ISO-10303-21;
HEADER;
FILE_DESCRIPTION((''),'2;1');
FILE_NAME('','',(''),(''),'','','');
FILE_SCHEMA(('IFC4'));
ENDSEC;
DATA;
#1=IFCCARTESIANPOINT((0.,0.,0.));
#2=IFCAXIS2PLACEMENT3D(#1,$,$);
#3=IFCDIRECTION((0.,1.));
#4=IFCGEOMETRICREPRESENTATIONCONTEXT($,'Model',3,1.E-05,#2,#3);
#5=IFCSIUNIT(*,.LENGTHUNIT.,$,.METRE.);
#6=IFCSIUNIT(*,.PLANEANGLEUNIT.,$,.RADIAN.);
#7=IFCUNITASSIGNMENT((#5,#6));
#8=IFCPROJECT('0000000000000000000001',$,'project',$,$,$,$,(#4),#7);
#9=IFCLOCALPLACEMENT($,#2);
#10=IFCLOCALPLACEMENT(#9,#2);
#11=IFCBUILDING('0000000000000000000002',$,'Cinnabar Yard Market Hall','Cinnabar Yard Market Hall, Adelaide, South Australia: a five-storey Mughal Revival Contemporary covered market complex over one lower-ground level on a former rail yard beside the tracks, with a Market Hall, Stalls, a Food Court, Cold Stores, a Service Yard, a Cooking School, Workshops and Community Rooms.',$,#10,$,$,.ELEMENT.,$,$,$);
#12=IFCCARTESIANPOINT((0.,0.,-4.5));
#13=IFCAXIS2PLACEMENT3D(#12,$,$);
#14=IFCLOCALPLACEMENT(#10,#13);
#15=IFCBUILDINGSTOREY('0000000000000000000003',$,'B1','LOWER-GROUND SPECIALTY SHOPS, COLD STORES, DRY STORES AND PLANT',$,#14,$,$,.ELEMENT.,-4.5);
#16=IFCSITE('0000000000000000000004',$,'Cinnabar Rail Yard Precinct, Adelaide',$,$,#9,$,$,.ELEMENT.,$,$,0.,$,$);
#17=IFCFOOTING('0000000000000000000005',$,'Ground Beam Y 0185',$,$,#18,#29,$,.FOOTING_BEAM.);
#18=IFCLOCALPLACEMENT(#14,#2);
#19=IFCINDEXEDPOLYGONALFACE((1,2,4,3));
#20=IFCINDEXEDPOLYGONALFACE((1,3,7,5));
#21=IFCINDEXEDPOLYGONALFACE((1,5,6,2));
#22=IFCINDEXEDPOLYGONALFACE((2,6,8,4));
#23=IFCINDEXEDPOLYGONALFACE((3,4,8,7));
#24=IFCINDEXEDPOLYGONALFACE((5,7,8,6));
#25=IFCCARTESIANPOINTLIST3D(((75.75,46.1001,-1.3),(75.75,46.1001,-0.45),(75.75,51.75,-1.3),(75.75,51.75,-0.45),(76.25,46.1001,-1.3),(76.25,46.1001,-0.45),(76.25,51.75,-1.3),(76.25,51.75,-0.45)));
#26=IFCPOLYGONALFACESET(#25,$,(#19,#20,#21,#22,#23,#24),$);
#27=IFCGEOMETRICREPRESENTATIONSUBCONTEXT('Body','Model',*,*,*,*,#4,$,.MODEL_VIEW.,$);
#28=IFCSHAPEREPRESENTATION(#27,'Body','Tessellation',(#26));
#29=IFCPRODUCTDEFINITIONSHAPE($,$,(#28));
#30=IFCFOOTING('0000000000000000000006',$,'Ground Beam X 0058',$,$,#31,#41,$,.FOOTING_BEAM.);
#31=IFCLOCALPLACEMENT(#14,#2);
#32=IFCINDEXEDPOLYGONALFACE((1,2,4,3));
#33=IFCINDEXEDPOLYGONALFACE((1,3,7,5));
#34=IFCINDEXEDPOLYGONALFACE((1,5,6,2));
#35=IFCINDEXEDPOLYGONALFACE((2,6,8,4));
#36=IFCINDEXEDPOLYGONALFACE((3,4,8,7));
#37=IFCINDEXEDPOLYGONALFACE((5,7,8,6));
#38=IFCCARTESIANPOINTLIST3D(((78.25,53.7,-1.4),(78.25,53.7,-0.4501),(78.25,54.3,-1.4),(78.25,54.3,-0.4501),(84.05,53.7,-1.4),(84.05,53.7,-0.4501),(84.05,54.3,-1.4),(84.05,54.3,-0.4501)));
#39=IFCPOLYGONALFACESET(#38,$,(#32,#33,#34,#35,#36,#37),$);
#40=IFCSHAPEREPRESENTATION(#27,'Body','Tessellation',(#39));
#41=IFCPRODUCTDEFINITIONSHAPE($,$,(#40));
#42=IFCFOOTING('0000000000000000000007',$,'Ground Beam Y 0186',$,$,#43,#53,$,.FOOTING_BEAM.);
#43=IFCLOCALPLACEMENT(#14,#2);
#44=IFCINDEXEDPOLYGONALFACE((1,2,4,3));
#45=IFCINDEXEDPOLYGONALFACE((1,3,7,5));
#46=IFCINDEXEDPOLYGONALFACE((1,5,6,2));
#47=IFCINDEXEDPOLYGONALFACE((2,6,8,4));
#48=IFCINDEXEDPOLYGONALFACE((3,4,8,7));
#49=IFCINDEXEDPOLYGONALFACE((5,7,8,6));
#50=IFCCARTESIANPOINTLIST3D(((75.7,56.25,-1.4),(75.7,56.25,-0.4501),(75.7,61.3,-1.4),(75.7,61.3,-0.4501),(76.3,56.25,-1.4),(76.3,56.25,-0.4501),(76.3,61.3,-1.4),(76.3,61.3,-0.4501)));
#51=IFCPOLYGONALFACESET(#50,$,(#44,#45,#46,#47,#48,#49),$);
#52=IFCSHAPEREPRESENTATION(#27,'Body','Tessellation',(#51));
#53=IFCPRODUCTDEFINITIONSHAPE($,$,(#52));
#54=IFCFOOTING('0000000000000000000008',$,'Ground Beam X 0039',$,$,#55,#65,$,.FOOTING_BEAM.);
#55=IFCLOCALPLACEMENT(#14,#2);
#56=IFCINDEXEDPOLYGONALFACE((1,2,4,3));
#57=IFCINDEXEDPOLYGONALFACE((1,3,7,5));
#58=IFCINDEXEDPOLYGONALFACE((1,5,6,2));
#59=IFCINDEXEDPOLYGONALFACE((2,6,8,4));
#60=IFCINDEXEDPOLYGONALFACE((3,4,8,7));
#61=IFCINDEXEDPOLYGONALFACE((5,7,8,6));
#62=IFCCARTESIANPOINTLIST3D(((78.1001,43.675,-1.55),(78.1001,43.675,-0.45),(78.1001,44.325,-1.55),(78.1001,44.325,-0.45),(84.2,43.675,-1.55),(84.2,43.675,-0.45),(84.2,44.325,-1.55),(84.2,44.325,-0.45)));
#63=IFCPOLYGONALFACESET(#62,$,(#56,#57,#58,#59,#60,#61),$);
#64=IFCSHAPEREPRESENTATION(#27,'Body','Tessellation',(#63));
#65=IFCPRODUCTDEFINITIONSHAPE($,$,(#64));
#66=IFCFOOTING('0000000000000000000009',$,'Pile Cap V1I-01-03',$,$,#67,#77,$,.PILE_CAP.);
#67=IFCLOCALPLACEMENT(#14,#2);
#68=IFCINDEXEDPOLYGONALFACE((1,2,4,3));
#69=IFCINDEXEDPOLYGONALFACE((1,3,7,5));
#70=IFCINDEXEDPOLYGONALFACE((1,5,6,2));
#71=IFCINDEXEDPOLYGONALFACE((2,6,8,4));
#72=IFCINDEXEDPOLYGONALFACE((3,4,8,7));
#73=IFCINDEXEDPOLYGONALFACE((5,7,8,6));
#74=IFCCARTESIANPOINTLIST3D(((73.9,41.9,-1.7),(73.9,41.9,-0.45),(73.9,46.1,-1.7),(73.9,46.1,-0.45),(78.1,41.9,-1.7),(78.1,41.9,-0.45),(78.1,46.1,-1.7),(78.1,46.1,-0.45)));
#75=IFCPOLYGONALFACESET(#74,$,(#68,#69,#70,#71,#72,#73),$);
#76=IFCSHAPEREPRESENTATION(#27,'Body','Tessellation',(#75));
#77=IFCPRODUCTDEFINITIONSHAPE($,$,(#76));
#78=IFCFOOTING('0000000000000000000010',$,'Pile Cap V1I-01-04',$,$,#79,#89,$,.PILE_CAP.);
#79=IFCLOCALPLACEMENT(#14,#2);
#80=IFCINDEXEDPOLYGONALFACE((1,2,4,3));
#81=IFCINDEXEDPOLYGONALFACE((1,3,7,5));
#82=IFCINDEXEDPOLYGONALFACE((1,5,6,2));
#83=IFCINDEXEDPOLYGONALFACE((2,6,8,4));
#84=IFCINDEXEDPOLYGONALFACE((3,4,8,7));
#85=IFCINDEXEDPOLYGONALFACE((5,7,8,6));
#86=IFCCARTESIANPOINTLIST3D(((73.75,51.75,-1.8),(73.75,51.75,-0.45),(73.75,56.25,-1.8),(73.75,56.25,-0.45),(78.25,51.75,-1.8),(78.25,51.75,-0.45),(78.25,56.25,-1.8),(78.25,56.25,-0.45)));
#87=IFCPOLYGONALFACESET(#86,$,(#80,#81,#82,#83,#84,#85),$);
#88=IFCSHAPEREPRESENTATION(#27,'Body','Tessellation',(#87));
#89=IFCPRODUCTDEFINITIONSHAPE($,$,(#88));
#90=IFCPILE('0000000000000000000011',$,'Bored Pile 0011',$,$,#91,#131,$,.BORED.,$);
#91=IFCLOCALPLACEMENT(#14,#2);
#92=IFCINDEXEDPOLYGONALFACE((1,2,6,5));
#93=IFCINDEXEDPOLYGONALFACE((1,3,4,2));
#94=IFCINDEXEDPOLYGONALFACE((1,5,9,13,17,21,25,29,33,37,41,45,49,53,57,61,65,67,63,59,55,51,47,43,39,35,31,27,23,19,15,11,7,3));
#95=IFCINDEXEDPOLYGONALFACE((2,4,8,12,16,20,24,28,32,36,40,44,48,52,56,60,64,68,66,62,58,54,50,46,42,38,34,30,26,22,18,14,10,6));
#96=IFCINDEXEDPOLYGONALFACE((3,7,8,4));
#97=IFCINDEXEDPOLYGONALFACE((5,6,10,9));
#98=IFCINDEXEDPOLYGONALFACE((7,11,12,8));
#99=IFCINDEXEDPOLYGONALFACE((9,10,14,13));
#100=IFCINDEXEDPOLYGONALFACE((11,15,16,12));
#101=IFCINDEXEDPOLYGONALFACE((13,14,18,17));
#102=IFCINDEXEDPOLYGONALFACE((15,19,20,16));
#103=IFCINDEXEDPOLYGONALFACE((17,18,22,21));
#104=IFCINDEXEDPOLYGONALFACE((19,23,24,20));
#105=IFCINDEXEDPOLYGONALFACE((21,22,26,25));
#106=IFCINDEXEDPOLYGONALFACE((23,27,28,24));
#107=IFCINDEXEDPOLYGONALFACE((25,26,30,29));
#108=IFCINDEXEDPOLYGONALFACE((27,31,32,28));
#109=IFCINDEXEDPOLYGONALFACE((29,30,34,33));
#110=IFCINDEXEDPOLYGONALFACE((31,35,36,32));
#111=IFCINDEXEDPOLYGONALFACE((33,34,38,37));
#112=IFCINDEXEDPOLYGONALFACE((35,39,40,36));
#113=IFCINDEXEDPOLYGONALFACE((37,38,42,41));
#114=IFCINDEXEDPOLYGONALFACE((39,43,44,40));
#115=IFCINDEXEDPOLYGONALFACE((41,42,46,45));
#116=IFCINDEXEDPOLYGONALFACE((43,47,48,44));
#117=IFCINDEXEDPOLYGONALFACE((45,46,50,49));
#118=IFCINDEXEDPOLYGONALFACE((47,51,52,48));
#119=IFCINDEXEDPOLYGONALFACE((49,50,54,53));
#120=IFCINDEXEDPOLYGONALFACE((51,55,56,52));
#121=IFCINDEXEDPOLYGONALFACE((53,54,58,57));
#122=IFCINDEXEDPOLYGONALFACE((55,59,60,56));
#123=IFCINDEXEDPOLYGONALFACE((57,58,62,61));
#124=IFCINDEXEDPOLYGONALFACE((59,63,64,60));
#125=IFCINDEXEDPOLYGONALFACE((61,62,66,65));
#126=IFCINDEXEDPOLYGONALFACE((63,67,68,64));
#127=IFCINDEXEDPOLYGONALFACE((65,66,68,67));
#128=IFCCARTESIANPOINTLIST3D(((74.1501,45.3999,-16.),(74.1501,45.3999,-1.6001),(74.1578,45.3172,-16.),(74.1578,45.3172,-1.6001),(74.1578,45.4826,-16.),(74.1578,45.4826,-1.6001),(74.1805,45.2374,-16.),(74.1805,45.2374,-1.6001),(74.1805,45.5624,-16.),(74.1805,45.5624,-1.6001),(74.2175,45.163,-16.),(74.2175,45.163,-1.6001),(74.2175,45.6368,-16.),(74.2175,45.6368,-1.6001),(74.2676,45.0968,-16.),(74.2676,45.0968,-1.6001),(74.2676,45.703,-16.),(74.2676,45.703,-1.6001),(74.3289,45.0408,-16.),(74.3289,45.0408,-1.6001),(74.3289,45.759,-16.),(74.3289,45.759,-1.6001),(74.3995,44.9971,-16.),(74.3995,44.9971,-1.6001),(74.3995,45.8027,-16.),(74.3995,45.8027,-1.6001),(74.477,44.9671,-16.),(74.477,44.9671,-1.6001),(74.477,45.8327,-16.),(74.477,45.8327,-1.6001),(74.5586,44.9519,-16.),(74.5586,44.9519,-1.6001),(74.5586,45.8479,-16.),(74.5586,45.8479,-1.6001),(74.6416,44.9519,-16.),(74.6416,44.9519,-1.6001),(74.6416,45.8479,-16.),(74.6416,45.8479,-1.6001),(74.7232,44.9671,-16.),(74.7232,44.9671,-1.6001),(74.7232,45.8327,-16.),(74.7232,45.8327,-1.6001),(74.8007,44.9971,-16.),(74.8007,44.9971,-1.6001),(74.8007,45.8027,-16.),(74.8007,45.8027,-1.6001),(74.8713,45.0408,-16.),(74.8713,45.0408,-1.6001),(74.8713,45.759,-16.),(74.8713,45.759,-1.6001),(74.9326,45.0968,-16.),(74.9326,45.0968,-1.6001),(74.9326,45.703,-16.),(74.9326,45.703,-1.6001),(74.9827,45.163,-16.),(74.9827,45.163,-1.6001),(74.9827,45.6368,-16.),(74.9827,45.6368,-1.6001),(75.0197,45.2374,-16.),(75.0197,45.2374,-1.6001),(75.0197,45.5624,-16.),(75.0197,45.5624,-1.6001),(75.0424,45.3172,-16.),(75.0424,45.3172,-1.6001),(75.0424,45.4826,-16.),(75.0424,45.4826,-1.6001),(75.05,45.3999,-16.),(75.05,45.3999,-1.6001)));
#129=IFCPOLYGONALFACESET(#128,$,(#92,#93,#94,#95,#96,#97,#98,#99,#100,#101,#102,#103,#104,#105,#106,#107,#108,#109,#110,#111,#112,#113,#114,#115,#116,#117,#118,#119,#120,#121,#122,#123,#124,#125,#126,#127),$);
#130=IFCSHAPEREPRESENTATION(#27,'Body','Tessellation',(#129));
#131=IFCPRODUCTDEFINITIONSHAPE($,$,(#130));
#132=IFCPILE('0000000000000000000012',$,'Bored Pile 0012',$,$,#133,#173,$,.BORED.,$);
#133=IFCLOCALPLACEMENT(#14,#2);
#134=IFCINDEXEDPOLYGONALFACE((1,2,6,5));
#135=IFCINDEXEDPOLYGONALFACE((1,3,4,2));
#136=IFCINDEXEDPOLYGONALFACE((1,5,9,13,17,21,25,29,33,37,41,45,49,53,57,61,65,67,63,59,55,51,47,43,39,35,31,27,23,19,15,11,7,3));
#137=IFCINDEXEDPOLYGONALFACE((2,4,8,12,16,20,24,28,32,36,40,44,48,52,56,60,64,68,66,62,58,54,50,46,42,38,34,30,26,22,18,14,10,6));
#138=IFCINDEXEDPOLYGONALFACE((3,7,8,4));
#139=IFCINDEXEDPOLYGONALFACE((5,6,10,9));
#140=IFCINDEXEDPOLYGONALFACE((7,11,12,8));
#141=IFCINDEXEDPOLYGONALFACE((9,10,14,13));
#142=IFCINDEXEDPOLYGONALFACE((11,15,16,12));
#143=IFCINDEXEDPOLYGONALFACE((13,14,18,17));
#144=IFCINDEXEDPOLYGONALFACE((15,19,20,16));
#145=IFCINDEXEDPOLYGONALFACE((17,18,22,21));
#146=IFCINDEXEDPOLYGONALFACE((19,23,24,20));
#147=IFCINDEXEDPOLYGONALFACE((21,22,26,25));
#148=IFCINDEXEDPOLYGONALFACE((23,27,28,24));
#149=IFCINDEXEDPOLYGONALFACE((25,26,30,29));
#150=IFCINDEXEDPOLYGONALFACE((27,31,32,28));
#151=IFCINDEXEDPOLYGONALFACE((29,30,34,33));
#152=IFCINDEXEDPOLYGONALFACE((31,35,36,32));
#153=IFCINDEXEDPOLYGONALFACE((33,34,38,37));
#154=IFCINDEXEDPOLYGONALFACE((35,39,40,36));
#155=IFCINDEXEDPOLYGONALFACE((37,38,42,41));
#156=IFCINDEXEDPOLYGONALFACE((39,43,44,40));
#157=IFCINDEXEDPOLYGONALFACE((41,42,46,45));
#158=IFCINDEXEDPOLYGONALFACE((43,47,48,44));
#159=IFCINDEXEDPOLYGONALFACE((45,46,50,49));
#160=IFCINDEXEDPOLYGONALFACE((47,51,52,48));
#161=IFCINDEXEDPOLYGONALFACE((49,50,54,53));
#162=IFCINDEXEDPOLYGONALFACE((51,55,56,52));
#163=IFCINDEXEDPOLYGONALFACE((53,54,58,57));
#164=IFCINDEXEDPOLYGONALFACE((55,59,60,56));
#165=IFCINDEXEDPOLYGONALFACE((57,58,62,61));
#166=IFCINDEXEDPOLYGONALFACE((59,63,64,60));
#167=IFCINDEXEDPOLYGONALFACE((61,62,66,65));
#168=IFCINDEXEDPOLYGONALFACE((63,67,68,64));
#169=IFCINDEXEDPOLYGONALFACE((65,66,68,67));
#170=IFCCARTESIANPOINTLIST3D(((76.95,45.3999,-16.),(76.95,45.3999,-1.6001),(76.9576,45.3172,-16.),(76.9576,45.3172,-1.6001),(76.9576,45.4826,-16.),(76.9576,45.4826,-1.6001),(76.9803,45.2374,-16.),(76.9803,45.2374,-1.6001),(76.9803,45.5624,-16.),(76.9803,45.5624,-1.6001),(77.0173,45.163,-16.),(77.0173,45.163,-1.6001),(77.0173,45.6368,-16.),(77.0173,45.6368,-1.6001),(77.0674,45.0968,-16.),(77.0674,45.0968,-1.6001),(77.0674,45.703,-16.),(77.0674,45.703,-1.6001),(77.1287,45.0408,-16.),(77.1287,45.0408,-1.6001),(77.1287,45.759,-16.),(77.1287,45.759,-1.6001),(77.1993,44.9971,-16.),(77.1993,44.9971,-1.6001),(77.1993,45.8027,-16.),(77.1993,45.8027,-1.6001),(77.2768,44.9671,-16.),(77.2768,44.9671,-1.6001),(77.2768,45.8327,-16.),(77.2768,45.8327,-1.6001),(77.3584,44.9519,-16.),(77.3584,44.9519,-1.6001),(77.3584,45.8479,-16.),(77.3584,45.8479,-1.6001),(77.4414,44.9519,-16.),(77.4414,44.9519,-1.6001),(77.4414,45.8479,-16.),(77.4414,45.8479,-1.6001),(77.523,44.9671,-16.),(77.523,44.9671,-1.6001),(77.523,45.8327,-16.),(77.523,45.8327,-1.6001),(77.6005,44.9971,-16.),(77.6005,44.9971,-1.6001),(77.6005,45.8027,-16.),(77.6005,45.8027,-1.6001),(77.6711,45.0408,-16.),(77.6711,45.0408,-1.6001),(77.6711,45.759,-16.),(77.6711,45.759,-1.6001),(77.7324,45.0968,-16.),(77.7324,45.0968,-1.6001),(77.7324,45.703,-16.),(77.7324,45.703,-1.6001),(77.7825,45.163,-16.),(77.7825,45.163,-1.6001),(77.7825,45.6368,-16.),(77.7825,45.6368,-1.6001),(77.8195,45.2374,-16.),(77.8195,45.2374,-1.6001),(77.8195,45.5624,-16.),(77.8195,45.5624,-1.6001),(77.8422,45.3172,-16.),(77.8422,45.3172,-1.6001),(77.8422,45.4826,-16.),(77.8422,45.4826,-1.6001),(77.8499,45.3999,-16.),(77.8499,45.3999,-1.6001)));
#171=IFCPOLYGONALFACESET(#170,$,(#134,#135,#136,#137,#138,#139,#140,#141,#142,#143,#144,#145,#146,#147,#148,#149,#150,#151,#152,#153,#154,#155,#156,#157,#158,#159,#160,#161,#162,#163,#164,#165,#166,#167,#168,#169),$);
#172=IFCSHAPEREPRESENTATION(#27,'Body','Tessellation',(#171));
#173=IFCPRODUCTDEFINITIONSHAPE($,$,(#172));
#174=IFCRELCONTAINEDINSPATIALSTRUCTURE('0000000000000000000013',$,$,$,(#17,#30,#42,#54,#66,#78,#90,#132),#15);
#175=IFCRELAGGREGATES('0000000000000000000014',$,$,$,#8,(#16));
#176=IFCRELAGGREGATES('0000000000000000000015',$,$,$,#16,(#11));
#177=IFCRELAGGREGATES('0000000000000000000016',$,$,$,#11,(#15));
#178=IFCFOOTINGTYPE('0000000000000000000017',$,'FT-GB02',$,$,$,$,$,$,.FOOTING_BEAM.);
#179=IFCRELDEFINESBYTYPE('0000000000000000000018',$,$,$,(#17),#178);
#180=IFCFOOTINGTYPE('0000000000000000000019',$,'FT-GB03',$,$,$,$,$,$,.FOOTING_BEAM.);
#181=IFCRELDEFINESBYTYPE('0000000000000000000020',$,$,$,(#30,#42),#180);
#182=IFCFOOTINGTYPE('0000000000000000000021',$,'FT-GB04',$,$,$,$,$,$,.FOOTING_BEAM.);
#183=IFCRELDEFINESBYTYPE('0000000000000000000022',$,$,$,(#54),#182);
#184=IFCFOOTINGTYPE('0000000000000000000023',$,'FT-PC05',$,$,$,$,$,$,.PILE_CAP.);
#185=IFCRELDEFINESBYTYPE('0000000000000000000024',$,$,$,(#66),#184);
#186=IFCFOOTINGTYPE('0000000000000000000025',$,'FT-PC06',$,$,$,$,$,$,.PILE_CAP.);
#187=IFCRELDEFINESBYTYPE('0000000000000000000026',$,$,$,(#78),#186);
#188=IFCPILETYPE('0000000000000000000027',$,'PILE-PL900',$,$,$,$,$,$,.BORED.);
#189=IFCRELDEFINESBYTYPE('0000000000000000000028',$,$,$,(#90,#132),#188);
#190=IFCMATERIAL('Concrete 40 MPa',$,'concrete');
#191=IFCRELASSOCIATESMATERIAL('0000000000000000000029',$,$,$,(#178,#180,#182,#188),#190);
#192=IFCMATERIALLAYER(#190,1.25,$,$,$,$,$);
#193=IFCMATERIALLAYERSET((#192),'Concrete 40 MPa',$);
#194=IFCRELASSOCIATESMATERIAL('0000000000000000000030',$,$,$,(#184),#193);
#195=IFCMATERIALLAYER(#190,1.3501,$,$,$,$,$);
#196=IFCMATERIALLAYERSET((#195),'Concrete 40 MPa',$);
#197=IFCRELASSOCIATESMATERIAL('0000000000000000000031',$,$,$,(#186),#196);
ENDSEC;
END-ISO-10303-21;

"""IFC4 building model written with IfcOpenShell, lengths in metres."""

from ifc_helpers import new_model, si_unit, direction, frame, origin, origin_2d_with_axis, place, context, subcontext, project, spatial, rectangle, circle, extrude, material, layer, layer_set, material_profile, profile_set, type_object, element, save


model = new_model("IFC4")

# Units and contexts
model_context = context("Model", 3, precision=1e-05, world=origin(), true_north=direction((0.0, 1.0)))
body_context = subcontext(model_context, "Body", "Model", "MODEL_VIEW")
ifc_project = project(units=[si_unit("LENGTHUNIT", "METRE"), si_unit("PLANEANGLEUNIT", "RADIAN")], contexts=[model_context])

# Site, building, storey
site_placement = place(None, origin())
site = spatial("IfcSite", under=ifc_project, at=site_placement, Name="Cinnabar Rail Yard Precinct, Adelaide", CompositionType="ELEMENT", RefElevation=0.0)
building_placement = place(site_placement, origin())
building = spatial("IfcBuilding", under=site, at=building_placement, Name="Cinnabar Yard Market Hall", Description="Cinnabar Yard Market Hall, Adelaide, South Australia: a five-storey Mughal Revival Contemporary covered market complex over one lower-ground level on a former rail yard beside the tracks, with a Market Hall, Stalls, a Food Court, Cold Stores, a Service Yard, a Cooking School, Workshops and Community Rooms.", CompositionType="ELEMENT")
storey_placement = place(building_placement, frame((0.0, 0.0, -4.5)))
storey = spatial("IfcBuildingStorey", under=building, at=storey_placement, Name="B1", Description="LOWER-GROUND SPECIALTY SHOPS, COLD STORES, DRY STORES AND PLANT", CompositionType="ELEMENT", Elevation=-4.5)

# Footings
ifc_material_1 = material(Name="Concrete 40 MPa", Category="concrete")
ifc_material_profile_1 = material_profile(ifc_material_1, rectangle(XDim=0.5, YDim=0.8501, at=origin_2d_with_axis()), Name="GB-500x850")
ifc_profile_set_1 = profile_set([ifc_material_profile_1], Name="Concrete 40 MPa")
footing_type_1 = type_object("IfcFootingType", Name="FT-GB02", PredefinedType="FOOTING_BEAM", material=ifc_profile_set_1)
footing_1_placement = place(storey_placement, frame((76.0, 46.1001, -0.875), z_axis=(0.0, 1.0, 0.0), x_axis=(-1.0, 0.0, 0.0)))
element("IfcFooting", 1, at=footing_1_placement, inside=storey, type_object=footing_type_1, Name="Ground Beam Y 0185", PredefinedType="FOOTING_BEAM", context=body_context, shape_type="SweptSolid", body=[
    extrude(rectangle(XDim=0.5, YDim=0.8501, at=origin_2d_with_axis()), origin(), (0.0, 0.0, 1.0), 5.6499),
])
ifc_material_profile_2 = material_profile(ifc_material_1, rectangle(XDim=0.6001, YDim=0.95, at=origin_2d_with_axis()), Name="GB-600x950")
ifc_profile_set_2 = profile_set([ifc_material_profile_2], Name="Concrete 40 MPa")
footing_type_2 = type_object("IfcFootingType", Name="FT-GB03", PredefinedType="FOOTING_BEAM", material=ifc_profile_set_2)
footing_2_placement = place(storey_placement, frame((78.25, 54.0, -0.925), z_axis=(1.0, 0.0, 0.0), x_axis=(0.0, 1.0, 0.0)))
element("IfcFooting", 2, at=footing_2_placement, inside=storey, type_object=footing_type_2, Name="Ground Beam X 0058", PredefinedType="FOOTING_BEAM", context=body_context, shape_type="SweptSolid", body=[
    extrude(rectangle(XDim=0.6001, YDim=0.95, at=origin_2d_with_axis()), origin(), (0.0, 0.0, 1.0), 5.8),
])
footing_3_placement = place(storey_placement, frame((76.0, 56.25, -0.925), z_axis=(0.0, 1.0, 0.0), x_axis=(-1.0, 0.0, 0.0)))
element("IfcFooting", 3, at=footing_3_placement, inside=storey, type_object=footing_type_2, Name="Ground Beam Y 0186", PredefinedType="FOOTING_BEAM", context=body_context, shape_type="SweptSolid", body=[
    extrude(rectangle(XDim=0.6001, YDim=0.95, at=origin_2d_with_axis()), origin(), (0.0, 0.0, 1.0), 5.05),
])
ifc_material_profile_3 = material_profile(ifc_material_1, rectangle(XDim=0.6499, YDim=1.1001, at=origin_2d_with_axis()), Name="GB-650x1100")
ifc_profile_set_3 = profile_set([ifc_material_profile_3], Name="Concrete 40 MPa")
footing_type_3 = type_object("IfcFootingType", Name="FT-GB04", PredefinedType="FOOTING_BEAM", material=ifc_profile_set_3)
footing_4_placement = place(storey_placement, frame((78.1001, 44.0, -1.0), z_axis=(1.0, 0.0, 0.0), x_axis=(0.0, 1.0, 0.0)))
element("IfcFooting", 4, at=footing_4_placement, inside=storey, type_object=footing_type_3, Name="Ground Beam X 0039", PredefinedType="FOOTING_BEAM", context=body_context, shape_type="SweptSolid", body=[
    extrude(rectangle(XDim=0.6499, YDim=1.1001, at=origin_2d_with_axis()), origin(), (0.0, 0.0, 1.0), 6.0999),
])
ifc_layer_1 = layer(ifc_material_1, 1.25)
ifc_layer_set_1 = layer_set([ifc_layer_1], Name="Concrete 40 MPa")
footing_type_4 = type_object("IfcFootingType", Name="FT-PC05", PredefinedType="PILE_CAP", material=ifc_layer_set_1)
footing_5_placement = place(storey_placement, frame((76.0, 44.0, -1.7), z_axis=(0.0, 0.0, 1.0), x_axis=(1.0, 0.0, 0.0)))
element("IfcFooting", 5, at=footing_5_placement, inside=storey, type_object=footing_type_4, Name="Pile Cap V1I-01-03", PredefinedType="PILE_CAP", context=body_context, shape_type="SweptSolid", body=[
    extrude(rectangle(XDim=4.2, YDim=4.2, at=origin_2d_with_axis()), origin(), (0.0, 0.0, 1.0), 1.25),
])
ifc_layer_2 = layer(ifc_material_1, 1.3501)
ifc_layer_set_2 = layer_set([ifc_layer_2], Name="Concrete 40 MPa")
footing_type_5 = type_object("IfcFootingType", Name="FT-PC06", PredefinedType="PILE_CAP", material=ifc_layer_set_2)
footing_6_placement = place(storey_placement, frame((76.0, 54.0, -1.8), z_axis=(0.0, 0.0, 1.0), x_axis=(1.0, 0.0, 0.0)))
element("IfcFooting", 6, at=footing_6_placement, inside=storey, type_object=footing_type_5, Name="Pile Cap V1I-01-04", PredefinedType="PILE_CAP", context=body_context, shape_type="SweptSolid", body=[
    extrude(rectangle(XDim=4.5, YDim=4.5, at=origin_2d_with_axis()), origin(), (0.0, 0.0, 1.0), 1.3501),
])

# Piles
ifc_material_profile_4 = material_profile(ifc_material_1, circle(Radius=0.45, at=origin_2d_with_axis()), Name="PILE-D900")
ifc_profile_set_4 = profile_set([ifc_material_profile_4], Name="Concrete 40 MPa")
pile_type = type_object("IfcPileType", Name="PILE-PL900", PredefinedType="BORED", material=ifc_profile_set_4)
for number, where, z_axis, x_axis, name in (
    (7, (74.6001, 45.3999, -1.6001), (0.0, 0.0, -1.0), (1.0, 0.0, 0.0), "Bored Pile 0011"),
    (8, (77.3999, 45.3999, -1.6001), (0.0, 0.0, -1.0), (1.0, 0.0, 0.0), "Bored Pile 0012"),
):
    element("IfcPile", number, at=place(storey_placement, frame(where, z_axis=z_axis, x_axis=x_axis)), inside=storey, type_object=pile_type, Name=name, PredefinedType="BORED", context=body_context, shape_type="SweptSolid", body=[
        extrude(circle(Radius=0.45, at=origin_2d_with_axis()), origin(), (0.0, 0.0, 1.0), 14.3999),
    ])

save(model, "model.ifc")
